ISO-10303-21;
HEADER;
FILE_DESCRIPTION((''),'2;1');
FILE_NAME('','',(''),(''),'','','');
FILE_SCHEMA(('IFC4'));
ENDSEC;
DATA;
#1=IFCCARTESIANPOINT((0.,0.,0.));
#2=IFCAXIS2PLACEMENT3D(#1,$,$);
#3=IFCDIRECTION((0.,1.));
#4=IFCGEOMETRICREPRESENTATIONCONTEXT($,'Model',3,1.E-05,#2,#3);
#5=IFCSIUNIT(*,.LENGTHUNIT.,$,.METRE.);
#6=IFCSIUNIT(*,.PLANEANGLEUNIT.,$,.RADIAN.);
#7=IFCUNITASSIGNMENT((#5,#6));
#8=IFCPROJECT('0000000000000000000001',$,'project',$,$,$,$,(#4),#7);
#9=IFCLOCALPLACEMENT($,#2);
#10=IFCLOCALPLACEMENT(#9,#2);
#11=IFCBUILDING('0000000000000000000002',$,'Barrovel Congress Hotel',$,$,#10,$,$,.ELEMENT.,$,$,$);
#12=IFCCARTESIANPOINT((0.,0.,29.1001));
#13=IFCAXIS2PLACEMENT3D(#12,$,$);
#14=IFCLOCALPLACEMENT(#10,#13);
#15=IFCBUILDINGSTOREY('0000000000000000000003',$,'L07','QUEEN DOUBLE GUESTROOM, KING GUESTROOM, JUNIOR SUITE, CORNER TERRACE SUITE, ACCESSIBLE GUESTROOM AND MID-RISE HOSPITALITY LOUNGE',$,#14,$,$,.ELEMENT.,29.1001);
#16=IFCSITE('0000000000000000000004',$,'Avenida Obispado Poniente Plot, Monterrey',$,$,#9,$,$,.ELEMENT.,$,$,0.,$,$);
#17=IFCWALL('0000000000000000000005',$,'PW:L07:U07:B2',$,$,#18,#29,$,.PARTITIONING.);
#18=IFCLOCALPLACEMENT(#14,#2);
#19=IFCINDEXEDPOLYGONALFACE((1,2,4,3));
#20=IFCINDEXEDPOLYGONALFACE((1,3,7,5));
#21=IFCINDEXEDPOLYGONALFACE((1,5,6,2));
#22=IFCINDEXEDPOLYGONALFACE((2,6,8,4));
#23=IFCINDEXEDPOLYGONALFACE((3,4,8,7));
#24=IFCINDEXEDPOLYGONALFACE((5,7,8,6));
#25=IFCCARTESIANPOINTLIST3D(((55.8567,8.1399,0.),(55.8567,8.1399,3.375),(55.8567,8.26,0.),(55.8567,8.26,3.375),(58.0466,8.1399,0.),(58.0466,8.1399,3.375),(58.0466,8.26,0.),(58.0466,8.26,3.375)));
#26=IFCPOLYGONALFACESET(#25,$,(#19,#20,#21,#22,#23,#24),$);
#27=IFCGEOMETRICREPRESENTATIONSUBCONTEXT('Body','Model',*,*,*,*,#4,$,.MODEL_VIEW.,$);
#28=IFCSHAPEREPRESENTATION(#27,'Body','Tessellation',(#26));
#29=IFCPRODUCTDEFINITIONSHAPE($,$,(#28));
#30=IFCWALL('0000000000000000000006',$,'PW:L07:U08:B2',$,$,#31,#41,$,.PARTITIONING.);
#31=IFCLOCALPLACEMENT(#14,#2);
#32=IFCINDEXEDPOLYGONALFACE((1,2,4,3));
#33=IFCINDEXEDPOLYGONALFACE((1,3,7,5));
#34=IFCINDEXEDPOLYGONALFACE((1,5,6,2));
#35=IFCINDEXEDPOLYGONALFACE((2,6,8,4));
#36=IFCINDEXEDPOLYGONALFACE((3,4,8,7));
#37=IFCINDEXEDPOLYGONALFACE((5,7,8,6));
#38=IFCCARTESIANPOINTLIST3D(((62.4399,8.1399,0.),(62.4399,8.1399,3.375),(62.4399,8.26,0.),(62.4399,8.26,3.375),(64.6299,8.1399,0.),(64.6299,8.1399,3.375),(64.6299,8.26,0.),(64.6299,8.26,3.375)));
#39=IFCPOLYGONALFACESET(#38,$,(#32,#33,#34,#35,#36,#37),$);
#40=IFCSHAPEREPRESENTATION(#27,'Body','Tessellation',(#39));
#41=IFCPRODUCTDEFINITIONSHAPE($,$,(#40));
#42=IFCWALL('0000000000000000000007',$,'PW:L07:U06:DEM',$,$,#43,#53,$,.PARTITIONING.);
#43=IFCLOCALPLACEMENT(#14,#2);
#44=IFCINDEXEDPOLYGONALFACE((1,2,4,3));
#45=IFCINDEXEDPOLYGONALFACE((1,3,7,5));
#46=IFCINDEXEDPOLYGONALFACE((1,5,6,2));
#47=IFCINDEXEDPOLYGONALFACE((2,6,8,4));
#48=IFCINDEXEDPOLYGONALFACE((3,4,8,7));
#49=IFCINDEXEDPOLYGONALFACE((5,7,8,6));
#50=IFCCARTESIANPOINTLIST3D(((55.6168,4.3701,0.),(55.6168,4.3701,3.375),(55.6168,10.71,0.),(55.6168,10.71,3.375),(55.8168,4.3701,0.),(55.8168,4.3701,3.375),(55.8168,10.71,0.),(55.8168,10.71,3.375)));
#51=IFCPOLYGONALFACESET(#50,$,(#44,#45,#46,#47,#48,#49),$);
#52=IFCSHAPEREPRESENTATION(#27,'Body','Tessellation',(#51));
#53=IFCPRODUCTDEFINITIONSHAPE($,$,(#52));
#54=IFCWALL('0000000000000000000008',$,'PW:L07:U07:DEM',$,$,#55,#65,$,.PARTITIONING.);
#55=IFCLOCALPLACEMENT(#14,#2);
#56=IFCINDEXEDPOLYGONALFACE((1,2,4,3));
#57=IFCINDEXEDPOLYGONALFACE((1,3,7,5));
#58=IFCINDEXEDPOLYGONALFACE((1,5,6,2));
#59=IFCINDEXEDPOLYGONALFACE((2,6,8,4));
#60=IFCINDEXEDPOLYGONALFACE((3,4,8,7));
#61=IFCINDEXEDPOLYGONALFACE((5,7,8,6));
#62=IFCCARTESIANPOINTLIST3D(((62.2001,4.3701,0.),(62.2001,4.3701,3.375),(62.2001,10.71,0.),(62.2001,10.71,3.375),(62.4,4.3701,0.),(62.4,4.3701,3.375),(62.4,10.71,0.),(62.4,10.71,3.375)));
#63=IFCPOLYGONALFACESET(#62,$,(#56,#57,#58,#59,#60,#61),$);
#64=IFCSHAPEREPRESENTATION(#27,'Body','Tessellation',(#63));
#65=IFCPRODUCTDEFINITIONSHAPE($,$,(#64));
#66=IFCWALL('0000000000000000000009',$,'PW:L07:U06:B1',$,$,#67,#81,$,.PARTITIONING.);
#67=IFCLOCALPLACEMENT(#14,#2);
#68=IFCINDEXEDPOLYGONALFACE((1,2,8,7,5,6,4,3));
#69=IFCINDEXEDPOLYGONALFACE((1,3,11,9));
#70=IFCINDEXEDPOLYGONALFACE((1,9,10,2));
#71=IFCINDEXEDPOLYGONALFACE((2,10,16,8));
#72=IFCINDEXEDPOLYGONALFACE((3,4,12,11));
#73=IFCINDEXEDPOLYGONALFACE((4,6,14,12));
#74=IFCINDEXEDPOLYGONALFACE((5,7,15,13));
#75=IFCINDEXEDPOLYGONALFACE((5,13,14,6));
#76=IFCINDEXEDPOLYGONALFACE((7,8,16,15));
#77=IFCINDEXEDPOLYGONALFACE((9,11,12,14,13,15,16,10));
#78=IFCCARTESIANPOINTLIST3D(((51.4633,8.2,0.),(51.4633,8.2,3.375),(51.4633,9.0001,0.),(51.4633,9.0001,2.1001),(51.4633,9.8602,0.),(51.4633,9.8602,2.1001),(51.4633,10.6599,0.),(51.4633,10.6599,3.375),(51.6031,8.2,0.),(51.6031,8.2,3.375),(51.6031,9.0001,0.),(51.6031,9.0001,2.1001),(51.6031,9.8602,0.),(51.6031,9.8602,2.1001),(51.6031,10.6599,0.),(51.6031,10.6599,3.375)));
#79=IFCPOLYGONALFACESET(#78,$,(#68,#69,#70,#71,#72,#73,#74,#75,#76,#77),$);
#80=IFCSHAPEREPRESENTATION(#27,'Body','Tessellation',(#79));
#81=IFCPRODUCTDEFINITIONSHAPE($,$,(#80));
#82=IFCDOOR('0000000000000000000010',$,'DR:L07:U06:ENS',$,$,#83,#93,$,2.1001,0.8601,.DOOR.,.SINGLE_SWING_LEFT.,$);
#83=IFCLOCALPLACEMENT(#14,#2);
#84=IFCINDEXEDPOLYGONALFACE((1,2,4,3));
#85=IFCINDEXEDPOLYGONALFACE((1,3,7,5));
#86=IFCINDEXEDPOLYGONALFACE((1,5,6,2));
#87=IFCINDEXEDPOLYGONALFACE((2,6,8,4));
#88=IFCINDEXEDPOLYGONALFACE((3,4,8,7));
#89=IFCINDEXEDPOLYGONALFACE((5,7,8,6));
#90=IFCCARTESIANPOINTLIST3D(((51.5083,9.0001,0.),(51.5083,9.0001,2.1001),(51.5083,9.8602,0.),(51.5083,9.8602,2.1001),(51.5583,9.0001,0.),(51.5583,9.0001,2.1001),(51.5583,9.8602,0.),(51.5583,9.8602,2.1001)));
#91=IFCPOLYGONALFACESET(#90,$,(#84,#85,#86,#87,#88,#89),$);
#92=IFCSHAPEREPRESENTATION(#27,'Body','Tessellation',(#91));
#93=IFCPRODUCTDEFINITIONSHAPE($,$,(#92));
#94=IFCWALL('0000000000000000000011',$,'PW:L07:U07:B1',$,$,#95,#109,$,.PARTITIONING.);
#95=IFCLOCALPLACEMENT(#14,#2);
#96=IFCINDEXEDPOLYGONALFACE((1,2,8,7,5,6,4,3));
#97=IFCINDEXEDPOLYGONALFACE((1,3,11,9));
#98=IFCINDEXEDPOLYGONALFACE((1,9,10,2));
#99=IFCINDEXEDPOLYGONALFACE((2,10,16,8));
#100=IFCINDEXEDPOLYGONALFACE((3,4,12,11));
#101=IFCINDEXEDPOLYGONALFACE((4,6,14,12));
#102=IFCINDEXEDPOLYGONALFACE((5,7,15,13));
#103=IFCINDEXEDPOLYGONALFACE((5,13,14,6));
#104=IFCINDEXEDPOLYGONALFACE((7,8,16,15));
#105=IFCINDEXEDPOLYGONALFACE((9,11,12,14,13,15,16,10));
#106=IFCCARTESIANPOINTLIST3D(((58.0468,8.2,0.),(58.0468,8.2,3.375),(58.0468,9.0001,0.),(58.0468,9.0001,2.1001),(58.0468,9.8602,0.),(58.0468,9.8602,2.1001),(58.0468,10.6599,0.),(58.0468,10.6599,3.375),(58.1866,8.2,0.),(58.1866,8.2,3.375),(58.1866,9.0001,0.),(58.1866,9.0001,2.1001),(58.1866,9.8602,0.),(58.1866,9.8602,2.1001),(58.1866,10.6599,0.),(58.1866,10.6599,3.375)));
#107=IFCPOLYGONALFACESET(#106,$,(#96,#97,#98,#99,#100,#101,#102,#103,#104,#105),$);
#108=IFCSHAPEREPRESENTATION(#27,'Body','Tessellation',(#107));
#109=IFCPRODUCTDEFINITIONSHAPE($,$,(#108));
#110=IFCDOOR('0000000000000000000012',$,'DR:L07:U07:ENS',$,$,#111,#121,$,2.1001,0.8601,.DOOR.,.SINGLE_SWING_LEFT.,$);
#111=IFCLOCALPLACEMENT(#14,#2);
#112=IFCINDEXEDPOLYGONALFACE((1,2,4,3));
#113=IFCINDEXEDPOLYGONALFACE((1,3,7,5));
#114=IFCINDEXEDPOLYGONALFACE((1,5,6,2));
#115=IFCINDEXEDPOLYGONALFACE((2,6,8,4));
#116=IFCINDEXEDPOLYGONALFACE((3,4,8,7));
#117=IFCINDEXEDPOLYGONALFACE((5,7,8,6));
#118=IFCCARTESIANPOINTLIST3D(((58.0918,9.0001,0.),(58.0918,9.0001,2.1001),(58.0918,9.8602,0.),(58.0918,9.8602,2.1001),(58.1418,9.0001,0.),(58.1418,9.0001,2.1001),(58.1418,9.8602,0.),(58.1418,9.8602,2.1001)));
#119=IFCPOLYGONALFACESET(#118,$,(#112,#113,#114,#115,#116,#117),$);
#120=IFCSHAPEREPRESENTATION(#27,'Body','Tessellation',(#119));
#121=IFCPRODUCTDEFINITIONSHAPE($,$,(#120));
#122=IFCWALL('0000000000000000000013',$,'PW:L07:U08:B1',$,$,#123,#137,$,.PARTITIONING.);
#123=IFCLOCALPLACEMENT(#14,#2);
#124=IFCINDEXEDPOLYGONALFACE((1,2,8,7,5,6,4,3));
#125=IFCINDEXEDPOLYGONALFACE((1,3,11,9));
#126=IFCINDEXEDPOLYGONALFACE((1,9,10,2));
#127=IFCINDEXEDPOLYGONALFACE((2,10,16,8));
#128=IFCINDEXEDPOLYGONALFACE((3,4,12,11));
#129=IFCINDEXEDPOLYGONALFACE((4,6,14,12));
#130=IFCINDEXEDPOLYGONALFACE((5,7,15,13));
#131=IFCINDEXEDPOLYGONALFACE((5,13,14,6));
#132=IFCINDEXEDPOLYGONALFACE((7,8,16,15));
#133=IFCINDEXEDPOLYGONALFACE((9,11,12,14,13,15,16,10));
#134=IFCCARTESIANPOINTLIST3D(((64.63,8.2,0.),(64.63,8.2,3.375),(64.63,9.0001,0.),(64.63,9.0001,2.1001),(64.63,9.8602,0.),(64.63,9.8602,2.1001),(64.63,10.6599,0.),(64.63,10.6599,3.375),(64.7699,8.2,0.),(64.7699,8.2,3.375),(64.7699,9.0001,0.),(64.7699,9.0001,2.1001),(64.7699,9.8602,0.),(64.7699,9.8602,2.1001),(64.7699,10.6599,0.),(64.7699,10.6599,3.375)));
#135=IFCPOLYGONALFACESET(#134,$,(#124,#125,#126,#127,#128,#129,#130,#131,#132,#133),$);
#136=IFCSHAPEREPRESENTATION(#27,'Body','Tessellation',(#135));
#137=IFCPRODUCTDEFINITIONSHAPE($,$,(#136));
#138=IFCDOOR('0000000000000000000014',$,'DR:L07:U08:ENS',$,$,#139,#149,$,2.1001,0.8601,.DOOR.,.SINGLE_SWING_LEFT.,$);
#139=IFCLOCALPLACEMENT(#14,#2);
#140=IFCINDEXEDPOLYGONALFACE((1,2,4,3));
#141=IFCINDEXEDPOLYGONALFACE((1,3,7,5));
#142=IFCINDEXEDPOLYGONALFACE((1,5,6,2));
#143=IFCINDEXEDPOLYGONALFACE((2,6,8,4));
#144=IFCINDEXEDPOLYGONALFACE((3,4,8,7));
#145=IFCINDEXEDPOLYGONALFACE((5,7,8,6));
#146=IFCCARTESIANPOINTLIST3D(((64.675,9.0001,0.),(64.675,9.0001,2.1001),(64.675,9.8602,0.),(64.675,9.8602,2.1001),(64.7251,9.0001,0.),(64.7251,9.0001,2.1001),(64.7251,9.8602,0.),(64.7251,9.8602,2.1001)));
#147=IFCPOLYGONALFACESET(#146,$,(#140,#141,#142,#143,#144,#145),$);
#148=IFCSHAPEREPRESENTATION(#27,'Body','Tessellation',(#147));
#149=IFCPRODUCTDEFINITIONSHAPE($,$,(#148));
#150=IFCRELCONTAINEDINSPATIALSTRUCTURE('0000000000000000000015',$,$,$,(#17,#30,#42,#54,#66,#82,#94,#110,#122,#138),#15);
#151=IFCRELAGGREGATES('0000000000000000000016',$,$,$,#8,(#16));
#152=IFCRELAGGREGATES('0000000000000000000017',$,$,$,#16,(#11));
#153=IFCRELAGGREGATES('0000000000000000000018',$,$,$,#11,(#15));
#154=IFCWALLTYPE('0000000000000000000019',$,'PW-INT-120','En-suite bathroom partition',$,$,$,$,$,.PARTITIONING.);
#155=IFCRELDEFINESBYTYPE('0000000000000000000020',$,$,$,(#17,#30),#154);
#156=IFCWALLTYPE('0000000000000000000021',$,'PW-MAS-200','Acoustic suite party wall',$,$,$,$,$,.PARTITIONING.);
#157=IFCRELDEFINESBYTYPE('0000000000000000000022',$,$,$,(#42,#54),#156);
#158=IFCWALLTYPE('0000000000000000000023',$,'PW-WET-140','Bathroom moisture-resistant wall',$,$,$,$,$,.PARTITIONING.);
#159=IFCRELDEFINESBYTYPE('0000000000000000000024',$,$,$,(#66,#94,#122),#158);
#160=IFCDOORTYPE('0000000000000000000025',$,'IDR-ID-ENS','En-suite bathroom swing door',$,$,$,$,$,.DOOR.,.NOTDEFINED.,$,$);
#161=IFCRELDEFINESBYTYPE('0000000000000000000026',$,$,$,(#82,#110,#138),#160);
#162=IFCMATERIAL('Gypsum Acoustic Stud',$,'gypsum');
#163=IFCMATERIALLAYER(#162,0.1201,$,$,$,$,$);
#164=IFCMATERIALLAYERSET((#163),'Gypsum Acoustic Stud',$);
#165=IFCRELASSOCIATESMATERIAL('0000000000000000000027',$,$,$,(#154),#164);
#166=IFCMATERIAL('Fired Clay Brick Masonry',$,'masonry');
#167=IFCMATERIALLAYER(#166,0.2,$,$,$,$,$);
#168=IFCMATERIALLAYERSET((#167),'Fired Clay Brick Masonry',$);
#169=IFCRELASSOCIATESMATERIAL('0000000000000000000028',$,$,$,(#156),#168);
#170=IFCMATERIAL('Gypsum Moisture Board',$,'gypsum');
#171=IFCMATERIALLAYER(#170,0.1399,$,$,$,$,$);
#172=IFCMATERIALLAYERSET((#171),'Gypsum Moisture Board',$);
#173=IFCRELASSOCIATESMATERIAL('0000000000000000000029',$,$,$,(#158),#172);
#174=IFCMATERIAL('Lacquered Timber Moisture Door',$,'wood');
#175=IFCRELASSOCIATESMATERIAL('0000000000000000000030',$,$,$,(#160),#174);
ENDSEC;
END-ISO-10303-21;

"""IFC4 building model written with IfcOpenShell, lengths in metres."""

from ifc_helpers import new_model, si_unit, direction, frame, frame_2d, origin, place, context, subcontext, project, spatial, rectangle, extrude, material, layer, layer_set, type_object, element, fill, save


model = new_model("IFC4")

# Units and contexts
model_context = context("Model", 3, precision=1e-05, world=origin(), true_north=direction((0.0, 1.0)))
body_context = subcontext(model_context, "Body", "Model", "MODEL_VIEW")
ifc_project = project(units=[si_unit("LENGTHUNIT", "METRE"), si_unit("PLANEANGLEUNIT", "RADIAN")], contexts=[model_context])

# Site, building, storey
site_placement = place(None, origin())
site = spatial("IfcSite", under=ifc_project, at=site_placement, Name="Avenida Obispado Poniente Plot, Monterrey", CompositionType="ELEMENT", RefElevation=0.0)
building_placement = place(site_placement, origin())
building = spatial("IfcBuilding", under=site, at=building_placement, Name="Barrovel Congress Hotel", CompositionType="ELEMENT")
storey_placement = place(building_placement, frame((0.0, 0.0, 29.1001)))
storey = spatial("IfcBuildingStorey", under=building, at=storey_placement, Name="L07", Description="QUEEN DOUBLE GUESTROOM, KING GUESTROOM, JUNIOR SUITE, CORNER TERRACE SUITE, ACCESSIBLE GUESTROOM AND MID-RISE HOSPITALITY LOUNGE", CompositionType="ELEMENT", Elevation=29.1001)

# Shared definitions
ifc_material_1 = material(Name="Fired Clay Brick Masonry", Category="masonry")

# Shared definitions
ifc_material_2 = material(Name="Gypsum Acoustic Stud", Category="gypsum")

# Walls
ifc_layer_1 = layer(ifc_material_2, 0.1201)
ifc_layer_set_1 = layer_set([ifc_layer_1], Name="Gypsum Acoustic Stud")
wall_type_1 = type_object("IfcWallType", Name="PW-INT-120", Description="En-suite bathroom partition", PredefinedType="PARTITIONING", material=ifc_layer_set_1)
for number, where, z_axis, x_axis, name in (
    (1, (55.8567, 8.2, 0.0), (0.0, 0.0, 1.0), (1.0, 0.0, 0.0), "PW:L07:U07:B2"),
    (2, (62.4399, 8.2, 0.0), (0.0, 0.0, 1.0), (1.0, 0.0, 0.0), "PW:L07:U08:B2"),
):
    element("IfcWall", number, at=place(storey_placement, frame(where, z_axis=z_axis, x_axis=x_axis)), inside=storey, type_object=wall_type_1, Name=name, PredefinedType="PARTITIONING", context=body_context, shape_type="SweptSolid", body=[
        extrude(rectangle(XDim=2.1899, YDim=0.1201, at=frame_2d((1.095, 0.0))), origin(), (0.0, 0.0, 1.0), 3.375),
    ])
ifc_layer_2 = layer(ifc_material_1, 0.2)
ifc_layer_set_2 = layer_set([ifc_layer_2], Name="Fired Clay Brick Masonry")
wall_type_2 = type_object("IfcWallType", Name="PW-MAS-200", Description="Acoustic suite party wall", PredefinedType="PARTITIONING", material=ifc_layer_set_2)
for number, where, z_axis, x_axis, name in (
    (3, (55.7168, 4.3701, 0.0), (0.0, 0.0, 1.0), (0.0, 1.0, 0.0), "PW:L07:U06:DEM"),
    (4, (62.3, 4.3701, 0.0), (0.0, 0.0, 1.0), (0.0, 1.0, 0.0), "PW:L07:U07:DEM"),
):
    element("IfcWall", number, at=place(storey_placement, frame(where, z_axis=z_axis, x_axis=x_axis)), inside=storey, type_object=wall_type_2, Name=name, PredefinedType="PARTITIONING", context=body_context, shape_type="SweptSolid", body=[
        extrude(rectangle(XDim=6.3398, YDim=0.2, at=frame_2d((3.1699, 0.0))), origin(), (0.0, 0.0, 1.0), 3.375),
    ])

# Walls, openings, doors
ifc_material_3 = material(Name="Gypsum Moisture Board", Category="gypsum")
ifc_layer_3 = layer(ifc_material_3, 0.1399)
ifc_layer_set_3 = layer_set([ifc_layer_3], Name="Gypsum Moisture Board")
wall_type_3 = type_object("IfcWallType", Name="PW-WET-140", Description="Bathroom moisture-resistant wall", PredefinedType="PARTITIONING", material=ifc_layer_set_3)
wall_1_placement = place(storey_placement, frame((51.5332, 8.2, 0.0), z_axis=(0.0, 0.0, 1.0), x_axis=(0.0, 1.0, 0.0)))
wall_1 = element("IfcWall", 5, at=wall_1_placement, inside=storey, type_object=wall_type_3, Name="PW:L07:U06:B1", PredefinedType="PARTITIONING", context=body_context, shape_type="SweptSolid", body=[
    extrude(rectangle(XDim=2.46, YDim=0.1399, at=frame_2d((1.23, 0.0))), origin(), (0.0, 0.0, 1.0), 3.375),
])
opening_1_placement = place(wall_1_placement, frame((0.8, 0.0, 0.0)))
opening_1 = element("IfcOpeningElement", 6, at=opening_1_placement, cuts=wall_1, PredefinedType="OPENING", context=body_context, shape_type="SweptSolid", body=[
    extrude(rectangle(XDim=0.8601, YDim=2.1001, at=frame_2d((0.4302, 1.05))), frame((0.0, 0.0801, 0.0), z_axis=(0.0, -1.0, 0.0), x_axis=(1.0, 0.0, 0.0)), (0.0, 0.0, 1.0), 0.1599),
])
ifc_material_4 = material(Name="Lacquered Timber Moisture Door", Category="wood")
door_type_1 = type_object("IfcDoorType", Name="IDR-ID-ENS", Description="En-suite bathroom swing door", OperationType="NOTDEFINED", PredefinedType="DOOR", material=ifc_material_4)
door_1_placement = place(opening_1_placement, origin())
door_1 = element("IfcDoor", 7, at=door_1_placement, inside=storey, type_object=door_type_1, Name="DR:L07:U06:ENS", OperationType="SINGLE_SWING_LEFT", OverallHeight=2.1001, OverallWidth=0.8601, PredefinedType="DOOR", context=body_context, shape_type="SweptSolid", body=[
    extrude(rectangle(XDim=0.8601, YDim=2.1001, at=frame_2d((0.4302, 1.05))), frame((0.0, 0.0249, 0.0), z_axis=(0.0, -1.0, 0.0), x_axis=(1.0, 0.0, 0.0)), (0.0, 0.0, 1.0), 0.05),
])
fill(opening_1, door_1)
wall_2_placement = place(storey_placement, frame((58.1167, 8.2, 0.0), z_axis=(0.0, 0.0, 1.0), x_axis=(0.0, 1.0, 0.0)))
wall_2 = element("IfcWall", 8, at=wall_2_placement, inside=storey, type_object=wall_type_3, Name="PW:L07:U07:B1", PredefinedType="PARTITIONING", context=body_context, shape_type="SweptSolid", body=[
    extrude(rectangle(XDim=2.46, YDim=0.1399, at=frame_2d((1.23, 0.0))), origin(), (0.0, 0.0, 1.0), 3.375),
])
opening_2_placement = place(wall_2_placement, frame((0.8, 0.0, 0.0)))
opening_2 = element("IfcOpeningElement", 9, at=opening_2_placement, cuts=wall_2, PredefinedType="OPENING", context=body_context, shape_type="SweptSolid", body=[
    extrude(rectangle(XDim=0.8601, YDim=2.1001, at=frame_2d((0.4302, 1.05))), frame((0.0, 0.0801, 0.0), z_axis=(0.0, -1.0, 0.0), x_axis=(1.0, 0.0, 0.0)), (0.0, 0.0, 1.0), 0.1599),
])
door_2_placement = place(opening_2_placement, origin())
door_2 = element("IfcDoor", 10, at=door_2_placement, inside=storey, type_object=door_type_1, Name="DR:L07:U07:ENS", OperationType="SINGLE_SWING_LEFT", OverallHeight=2.1001, OverallWidth=0.8601, PredefinedType="DOOR", context=body_context, shape_type="SweptSolid", body=[
    extrude(rectangle(XDim=0.8601, YDim=2.1001, at=frame_2d((0.4302, 1.05))), frame((0.0, 0.0249, 0.0), z_axis=(0.0, -1.0, 0.0), x_axis=(1.0, 0.0, 0.0)), (0.0, 0.0, 1.0), 0.05),
])
fill(opening_2, door_2)
wall_3_placement = place(storey_placement, frame((64.7, 8.2, 0.0), z_axis=(0.0, 0.0, 1.0), x_axis=(0.0, 1.0, 0.0)))
wall_3 = element("IfcWall", 11, at=wall_3_placement, inside=storey, type_object=wall_type_3, Name="PW:L07:U08:B1", PredefinedType="PARTITIONING", context=body_context, shape_type="SweptSolid", body=[
    extrude(rectangle(XDim=2.46, YDim=0.1399, at=frame_2d((1.23, 0.0))), origin(), (0.0, 0.0, 1.0), 3.375),
])
opening_3_placement = place(wall_3_placement, frame((0.8, 0.0, 0.0)))
opening_3 = element("IfcOpeningElement", 12, at=opening_3_placement, cuts=wall_3, PredefinedType="OPENING", context=body_context, shape_type="SweptSolid", body=[
    extrude(rectangle(XDim=0.8601, YDim=2.1001, at=frame_2d((0.4302, 1.05))), frame((0.0, 0.0801, 0.0), z_axis=(0.0, -1.0, 0.0), x_axis=(1.0, 0.0, 0.0)), (0.0, 0.0, 1.0), 0.1599),
])
door_3_placement = place(opening_3_placement, origin())
door_3 = element("IfcDoor", 13, at=door_3_placement, inside=storey, type_object=door_type_1, Name="DR:L07:U08:ENS", OperationType="SINGLE_SWING_LEFT", OverallHeight=2.1001, OverallWidth=0.8601, PredefinedType="DOOR", context=body_context, shape_type="SweptSolid", body=[
    extrude(rectangle(XDim=0.8601, YDim=2.1001, at=frame_2d((0.4302, 1.05))), frame((0.0, 0.0249, 0.0), z_axis=(0.0, -1.0, 0.0), x_axis=(1.0, 0.0, 0.0)), (0.0, 0.0, 1.0), 0.05),
])
fill(opening_3, door_3)

save(model, "model.ifc")
